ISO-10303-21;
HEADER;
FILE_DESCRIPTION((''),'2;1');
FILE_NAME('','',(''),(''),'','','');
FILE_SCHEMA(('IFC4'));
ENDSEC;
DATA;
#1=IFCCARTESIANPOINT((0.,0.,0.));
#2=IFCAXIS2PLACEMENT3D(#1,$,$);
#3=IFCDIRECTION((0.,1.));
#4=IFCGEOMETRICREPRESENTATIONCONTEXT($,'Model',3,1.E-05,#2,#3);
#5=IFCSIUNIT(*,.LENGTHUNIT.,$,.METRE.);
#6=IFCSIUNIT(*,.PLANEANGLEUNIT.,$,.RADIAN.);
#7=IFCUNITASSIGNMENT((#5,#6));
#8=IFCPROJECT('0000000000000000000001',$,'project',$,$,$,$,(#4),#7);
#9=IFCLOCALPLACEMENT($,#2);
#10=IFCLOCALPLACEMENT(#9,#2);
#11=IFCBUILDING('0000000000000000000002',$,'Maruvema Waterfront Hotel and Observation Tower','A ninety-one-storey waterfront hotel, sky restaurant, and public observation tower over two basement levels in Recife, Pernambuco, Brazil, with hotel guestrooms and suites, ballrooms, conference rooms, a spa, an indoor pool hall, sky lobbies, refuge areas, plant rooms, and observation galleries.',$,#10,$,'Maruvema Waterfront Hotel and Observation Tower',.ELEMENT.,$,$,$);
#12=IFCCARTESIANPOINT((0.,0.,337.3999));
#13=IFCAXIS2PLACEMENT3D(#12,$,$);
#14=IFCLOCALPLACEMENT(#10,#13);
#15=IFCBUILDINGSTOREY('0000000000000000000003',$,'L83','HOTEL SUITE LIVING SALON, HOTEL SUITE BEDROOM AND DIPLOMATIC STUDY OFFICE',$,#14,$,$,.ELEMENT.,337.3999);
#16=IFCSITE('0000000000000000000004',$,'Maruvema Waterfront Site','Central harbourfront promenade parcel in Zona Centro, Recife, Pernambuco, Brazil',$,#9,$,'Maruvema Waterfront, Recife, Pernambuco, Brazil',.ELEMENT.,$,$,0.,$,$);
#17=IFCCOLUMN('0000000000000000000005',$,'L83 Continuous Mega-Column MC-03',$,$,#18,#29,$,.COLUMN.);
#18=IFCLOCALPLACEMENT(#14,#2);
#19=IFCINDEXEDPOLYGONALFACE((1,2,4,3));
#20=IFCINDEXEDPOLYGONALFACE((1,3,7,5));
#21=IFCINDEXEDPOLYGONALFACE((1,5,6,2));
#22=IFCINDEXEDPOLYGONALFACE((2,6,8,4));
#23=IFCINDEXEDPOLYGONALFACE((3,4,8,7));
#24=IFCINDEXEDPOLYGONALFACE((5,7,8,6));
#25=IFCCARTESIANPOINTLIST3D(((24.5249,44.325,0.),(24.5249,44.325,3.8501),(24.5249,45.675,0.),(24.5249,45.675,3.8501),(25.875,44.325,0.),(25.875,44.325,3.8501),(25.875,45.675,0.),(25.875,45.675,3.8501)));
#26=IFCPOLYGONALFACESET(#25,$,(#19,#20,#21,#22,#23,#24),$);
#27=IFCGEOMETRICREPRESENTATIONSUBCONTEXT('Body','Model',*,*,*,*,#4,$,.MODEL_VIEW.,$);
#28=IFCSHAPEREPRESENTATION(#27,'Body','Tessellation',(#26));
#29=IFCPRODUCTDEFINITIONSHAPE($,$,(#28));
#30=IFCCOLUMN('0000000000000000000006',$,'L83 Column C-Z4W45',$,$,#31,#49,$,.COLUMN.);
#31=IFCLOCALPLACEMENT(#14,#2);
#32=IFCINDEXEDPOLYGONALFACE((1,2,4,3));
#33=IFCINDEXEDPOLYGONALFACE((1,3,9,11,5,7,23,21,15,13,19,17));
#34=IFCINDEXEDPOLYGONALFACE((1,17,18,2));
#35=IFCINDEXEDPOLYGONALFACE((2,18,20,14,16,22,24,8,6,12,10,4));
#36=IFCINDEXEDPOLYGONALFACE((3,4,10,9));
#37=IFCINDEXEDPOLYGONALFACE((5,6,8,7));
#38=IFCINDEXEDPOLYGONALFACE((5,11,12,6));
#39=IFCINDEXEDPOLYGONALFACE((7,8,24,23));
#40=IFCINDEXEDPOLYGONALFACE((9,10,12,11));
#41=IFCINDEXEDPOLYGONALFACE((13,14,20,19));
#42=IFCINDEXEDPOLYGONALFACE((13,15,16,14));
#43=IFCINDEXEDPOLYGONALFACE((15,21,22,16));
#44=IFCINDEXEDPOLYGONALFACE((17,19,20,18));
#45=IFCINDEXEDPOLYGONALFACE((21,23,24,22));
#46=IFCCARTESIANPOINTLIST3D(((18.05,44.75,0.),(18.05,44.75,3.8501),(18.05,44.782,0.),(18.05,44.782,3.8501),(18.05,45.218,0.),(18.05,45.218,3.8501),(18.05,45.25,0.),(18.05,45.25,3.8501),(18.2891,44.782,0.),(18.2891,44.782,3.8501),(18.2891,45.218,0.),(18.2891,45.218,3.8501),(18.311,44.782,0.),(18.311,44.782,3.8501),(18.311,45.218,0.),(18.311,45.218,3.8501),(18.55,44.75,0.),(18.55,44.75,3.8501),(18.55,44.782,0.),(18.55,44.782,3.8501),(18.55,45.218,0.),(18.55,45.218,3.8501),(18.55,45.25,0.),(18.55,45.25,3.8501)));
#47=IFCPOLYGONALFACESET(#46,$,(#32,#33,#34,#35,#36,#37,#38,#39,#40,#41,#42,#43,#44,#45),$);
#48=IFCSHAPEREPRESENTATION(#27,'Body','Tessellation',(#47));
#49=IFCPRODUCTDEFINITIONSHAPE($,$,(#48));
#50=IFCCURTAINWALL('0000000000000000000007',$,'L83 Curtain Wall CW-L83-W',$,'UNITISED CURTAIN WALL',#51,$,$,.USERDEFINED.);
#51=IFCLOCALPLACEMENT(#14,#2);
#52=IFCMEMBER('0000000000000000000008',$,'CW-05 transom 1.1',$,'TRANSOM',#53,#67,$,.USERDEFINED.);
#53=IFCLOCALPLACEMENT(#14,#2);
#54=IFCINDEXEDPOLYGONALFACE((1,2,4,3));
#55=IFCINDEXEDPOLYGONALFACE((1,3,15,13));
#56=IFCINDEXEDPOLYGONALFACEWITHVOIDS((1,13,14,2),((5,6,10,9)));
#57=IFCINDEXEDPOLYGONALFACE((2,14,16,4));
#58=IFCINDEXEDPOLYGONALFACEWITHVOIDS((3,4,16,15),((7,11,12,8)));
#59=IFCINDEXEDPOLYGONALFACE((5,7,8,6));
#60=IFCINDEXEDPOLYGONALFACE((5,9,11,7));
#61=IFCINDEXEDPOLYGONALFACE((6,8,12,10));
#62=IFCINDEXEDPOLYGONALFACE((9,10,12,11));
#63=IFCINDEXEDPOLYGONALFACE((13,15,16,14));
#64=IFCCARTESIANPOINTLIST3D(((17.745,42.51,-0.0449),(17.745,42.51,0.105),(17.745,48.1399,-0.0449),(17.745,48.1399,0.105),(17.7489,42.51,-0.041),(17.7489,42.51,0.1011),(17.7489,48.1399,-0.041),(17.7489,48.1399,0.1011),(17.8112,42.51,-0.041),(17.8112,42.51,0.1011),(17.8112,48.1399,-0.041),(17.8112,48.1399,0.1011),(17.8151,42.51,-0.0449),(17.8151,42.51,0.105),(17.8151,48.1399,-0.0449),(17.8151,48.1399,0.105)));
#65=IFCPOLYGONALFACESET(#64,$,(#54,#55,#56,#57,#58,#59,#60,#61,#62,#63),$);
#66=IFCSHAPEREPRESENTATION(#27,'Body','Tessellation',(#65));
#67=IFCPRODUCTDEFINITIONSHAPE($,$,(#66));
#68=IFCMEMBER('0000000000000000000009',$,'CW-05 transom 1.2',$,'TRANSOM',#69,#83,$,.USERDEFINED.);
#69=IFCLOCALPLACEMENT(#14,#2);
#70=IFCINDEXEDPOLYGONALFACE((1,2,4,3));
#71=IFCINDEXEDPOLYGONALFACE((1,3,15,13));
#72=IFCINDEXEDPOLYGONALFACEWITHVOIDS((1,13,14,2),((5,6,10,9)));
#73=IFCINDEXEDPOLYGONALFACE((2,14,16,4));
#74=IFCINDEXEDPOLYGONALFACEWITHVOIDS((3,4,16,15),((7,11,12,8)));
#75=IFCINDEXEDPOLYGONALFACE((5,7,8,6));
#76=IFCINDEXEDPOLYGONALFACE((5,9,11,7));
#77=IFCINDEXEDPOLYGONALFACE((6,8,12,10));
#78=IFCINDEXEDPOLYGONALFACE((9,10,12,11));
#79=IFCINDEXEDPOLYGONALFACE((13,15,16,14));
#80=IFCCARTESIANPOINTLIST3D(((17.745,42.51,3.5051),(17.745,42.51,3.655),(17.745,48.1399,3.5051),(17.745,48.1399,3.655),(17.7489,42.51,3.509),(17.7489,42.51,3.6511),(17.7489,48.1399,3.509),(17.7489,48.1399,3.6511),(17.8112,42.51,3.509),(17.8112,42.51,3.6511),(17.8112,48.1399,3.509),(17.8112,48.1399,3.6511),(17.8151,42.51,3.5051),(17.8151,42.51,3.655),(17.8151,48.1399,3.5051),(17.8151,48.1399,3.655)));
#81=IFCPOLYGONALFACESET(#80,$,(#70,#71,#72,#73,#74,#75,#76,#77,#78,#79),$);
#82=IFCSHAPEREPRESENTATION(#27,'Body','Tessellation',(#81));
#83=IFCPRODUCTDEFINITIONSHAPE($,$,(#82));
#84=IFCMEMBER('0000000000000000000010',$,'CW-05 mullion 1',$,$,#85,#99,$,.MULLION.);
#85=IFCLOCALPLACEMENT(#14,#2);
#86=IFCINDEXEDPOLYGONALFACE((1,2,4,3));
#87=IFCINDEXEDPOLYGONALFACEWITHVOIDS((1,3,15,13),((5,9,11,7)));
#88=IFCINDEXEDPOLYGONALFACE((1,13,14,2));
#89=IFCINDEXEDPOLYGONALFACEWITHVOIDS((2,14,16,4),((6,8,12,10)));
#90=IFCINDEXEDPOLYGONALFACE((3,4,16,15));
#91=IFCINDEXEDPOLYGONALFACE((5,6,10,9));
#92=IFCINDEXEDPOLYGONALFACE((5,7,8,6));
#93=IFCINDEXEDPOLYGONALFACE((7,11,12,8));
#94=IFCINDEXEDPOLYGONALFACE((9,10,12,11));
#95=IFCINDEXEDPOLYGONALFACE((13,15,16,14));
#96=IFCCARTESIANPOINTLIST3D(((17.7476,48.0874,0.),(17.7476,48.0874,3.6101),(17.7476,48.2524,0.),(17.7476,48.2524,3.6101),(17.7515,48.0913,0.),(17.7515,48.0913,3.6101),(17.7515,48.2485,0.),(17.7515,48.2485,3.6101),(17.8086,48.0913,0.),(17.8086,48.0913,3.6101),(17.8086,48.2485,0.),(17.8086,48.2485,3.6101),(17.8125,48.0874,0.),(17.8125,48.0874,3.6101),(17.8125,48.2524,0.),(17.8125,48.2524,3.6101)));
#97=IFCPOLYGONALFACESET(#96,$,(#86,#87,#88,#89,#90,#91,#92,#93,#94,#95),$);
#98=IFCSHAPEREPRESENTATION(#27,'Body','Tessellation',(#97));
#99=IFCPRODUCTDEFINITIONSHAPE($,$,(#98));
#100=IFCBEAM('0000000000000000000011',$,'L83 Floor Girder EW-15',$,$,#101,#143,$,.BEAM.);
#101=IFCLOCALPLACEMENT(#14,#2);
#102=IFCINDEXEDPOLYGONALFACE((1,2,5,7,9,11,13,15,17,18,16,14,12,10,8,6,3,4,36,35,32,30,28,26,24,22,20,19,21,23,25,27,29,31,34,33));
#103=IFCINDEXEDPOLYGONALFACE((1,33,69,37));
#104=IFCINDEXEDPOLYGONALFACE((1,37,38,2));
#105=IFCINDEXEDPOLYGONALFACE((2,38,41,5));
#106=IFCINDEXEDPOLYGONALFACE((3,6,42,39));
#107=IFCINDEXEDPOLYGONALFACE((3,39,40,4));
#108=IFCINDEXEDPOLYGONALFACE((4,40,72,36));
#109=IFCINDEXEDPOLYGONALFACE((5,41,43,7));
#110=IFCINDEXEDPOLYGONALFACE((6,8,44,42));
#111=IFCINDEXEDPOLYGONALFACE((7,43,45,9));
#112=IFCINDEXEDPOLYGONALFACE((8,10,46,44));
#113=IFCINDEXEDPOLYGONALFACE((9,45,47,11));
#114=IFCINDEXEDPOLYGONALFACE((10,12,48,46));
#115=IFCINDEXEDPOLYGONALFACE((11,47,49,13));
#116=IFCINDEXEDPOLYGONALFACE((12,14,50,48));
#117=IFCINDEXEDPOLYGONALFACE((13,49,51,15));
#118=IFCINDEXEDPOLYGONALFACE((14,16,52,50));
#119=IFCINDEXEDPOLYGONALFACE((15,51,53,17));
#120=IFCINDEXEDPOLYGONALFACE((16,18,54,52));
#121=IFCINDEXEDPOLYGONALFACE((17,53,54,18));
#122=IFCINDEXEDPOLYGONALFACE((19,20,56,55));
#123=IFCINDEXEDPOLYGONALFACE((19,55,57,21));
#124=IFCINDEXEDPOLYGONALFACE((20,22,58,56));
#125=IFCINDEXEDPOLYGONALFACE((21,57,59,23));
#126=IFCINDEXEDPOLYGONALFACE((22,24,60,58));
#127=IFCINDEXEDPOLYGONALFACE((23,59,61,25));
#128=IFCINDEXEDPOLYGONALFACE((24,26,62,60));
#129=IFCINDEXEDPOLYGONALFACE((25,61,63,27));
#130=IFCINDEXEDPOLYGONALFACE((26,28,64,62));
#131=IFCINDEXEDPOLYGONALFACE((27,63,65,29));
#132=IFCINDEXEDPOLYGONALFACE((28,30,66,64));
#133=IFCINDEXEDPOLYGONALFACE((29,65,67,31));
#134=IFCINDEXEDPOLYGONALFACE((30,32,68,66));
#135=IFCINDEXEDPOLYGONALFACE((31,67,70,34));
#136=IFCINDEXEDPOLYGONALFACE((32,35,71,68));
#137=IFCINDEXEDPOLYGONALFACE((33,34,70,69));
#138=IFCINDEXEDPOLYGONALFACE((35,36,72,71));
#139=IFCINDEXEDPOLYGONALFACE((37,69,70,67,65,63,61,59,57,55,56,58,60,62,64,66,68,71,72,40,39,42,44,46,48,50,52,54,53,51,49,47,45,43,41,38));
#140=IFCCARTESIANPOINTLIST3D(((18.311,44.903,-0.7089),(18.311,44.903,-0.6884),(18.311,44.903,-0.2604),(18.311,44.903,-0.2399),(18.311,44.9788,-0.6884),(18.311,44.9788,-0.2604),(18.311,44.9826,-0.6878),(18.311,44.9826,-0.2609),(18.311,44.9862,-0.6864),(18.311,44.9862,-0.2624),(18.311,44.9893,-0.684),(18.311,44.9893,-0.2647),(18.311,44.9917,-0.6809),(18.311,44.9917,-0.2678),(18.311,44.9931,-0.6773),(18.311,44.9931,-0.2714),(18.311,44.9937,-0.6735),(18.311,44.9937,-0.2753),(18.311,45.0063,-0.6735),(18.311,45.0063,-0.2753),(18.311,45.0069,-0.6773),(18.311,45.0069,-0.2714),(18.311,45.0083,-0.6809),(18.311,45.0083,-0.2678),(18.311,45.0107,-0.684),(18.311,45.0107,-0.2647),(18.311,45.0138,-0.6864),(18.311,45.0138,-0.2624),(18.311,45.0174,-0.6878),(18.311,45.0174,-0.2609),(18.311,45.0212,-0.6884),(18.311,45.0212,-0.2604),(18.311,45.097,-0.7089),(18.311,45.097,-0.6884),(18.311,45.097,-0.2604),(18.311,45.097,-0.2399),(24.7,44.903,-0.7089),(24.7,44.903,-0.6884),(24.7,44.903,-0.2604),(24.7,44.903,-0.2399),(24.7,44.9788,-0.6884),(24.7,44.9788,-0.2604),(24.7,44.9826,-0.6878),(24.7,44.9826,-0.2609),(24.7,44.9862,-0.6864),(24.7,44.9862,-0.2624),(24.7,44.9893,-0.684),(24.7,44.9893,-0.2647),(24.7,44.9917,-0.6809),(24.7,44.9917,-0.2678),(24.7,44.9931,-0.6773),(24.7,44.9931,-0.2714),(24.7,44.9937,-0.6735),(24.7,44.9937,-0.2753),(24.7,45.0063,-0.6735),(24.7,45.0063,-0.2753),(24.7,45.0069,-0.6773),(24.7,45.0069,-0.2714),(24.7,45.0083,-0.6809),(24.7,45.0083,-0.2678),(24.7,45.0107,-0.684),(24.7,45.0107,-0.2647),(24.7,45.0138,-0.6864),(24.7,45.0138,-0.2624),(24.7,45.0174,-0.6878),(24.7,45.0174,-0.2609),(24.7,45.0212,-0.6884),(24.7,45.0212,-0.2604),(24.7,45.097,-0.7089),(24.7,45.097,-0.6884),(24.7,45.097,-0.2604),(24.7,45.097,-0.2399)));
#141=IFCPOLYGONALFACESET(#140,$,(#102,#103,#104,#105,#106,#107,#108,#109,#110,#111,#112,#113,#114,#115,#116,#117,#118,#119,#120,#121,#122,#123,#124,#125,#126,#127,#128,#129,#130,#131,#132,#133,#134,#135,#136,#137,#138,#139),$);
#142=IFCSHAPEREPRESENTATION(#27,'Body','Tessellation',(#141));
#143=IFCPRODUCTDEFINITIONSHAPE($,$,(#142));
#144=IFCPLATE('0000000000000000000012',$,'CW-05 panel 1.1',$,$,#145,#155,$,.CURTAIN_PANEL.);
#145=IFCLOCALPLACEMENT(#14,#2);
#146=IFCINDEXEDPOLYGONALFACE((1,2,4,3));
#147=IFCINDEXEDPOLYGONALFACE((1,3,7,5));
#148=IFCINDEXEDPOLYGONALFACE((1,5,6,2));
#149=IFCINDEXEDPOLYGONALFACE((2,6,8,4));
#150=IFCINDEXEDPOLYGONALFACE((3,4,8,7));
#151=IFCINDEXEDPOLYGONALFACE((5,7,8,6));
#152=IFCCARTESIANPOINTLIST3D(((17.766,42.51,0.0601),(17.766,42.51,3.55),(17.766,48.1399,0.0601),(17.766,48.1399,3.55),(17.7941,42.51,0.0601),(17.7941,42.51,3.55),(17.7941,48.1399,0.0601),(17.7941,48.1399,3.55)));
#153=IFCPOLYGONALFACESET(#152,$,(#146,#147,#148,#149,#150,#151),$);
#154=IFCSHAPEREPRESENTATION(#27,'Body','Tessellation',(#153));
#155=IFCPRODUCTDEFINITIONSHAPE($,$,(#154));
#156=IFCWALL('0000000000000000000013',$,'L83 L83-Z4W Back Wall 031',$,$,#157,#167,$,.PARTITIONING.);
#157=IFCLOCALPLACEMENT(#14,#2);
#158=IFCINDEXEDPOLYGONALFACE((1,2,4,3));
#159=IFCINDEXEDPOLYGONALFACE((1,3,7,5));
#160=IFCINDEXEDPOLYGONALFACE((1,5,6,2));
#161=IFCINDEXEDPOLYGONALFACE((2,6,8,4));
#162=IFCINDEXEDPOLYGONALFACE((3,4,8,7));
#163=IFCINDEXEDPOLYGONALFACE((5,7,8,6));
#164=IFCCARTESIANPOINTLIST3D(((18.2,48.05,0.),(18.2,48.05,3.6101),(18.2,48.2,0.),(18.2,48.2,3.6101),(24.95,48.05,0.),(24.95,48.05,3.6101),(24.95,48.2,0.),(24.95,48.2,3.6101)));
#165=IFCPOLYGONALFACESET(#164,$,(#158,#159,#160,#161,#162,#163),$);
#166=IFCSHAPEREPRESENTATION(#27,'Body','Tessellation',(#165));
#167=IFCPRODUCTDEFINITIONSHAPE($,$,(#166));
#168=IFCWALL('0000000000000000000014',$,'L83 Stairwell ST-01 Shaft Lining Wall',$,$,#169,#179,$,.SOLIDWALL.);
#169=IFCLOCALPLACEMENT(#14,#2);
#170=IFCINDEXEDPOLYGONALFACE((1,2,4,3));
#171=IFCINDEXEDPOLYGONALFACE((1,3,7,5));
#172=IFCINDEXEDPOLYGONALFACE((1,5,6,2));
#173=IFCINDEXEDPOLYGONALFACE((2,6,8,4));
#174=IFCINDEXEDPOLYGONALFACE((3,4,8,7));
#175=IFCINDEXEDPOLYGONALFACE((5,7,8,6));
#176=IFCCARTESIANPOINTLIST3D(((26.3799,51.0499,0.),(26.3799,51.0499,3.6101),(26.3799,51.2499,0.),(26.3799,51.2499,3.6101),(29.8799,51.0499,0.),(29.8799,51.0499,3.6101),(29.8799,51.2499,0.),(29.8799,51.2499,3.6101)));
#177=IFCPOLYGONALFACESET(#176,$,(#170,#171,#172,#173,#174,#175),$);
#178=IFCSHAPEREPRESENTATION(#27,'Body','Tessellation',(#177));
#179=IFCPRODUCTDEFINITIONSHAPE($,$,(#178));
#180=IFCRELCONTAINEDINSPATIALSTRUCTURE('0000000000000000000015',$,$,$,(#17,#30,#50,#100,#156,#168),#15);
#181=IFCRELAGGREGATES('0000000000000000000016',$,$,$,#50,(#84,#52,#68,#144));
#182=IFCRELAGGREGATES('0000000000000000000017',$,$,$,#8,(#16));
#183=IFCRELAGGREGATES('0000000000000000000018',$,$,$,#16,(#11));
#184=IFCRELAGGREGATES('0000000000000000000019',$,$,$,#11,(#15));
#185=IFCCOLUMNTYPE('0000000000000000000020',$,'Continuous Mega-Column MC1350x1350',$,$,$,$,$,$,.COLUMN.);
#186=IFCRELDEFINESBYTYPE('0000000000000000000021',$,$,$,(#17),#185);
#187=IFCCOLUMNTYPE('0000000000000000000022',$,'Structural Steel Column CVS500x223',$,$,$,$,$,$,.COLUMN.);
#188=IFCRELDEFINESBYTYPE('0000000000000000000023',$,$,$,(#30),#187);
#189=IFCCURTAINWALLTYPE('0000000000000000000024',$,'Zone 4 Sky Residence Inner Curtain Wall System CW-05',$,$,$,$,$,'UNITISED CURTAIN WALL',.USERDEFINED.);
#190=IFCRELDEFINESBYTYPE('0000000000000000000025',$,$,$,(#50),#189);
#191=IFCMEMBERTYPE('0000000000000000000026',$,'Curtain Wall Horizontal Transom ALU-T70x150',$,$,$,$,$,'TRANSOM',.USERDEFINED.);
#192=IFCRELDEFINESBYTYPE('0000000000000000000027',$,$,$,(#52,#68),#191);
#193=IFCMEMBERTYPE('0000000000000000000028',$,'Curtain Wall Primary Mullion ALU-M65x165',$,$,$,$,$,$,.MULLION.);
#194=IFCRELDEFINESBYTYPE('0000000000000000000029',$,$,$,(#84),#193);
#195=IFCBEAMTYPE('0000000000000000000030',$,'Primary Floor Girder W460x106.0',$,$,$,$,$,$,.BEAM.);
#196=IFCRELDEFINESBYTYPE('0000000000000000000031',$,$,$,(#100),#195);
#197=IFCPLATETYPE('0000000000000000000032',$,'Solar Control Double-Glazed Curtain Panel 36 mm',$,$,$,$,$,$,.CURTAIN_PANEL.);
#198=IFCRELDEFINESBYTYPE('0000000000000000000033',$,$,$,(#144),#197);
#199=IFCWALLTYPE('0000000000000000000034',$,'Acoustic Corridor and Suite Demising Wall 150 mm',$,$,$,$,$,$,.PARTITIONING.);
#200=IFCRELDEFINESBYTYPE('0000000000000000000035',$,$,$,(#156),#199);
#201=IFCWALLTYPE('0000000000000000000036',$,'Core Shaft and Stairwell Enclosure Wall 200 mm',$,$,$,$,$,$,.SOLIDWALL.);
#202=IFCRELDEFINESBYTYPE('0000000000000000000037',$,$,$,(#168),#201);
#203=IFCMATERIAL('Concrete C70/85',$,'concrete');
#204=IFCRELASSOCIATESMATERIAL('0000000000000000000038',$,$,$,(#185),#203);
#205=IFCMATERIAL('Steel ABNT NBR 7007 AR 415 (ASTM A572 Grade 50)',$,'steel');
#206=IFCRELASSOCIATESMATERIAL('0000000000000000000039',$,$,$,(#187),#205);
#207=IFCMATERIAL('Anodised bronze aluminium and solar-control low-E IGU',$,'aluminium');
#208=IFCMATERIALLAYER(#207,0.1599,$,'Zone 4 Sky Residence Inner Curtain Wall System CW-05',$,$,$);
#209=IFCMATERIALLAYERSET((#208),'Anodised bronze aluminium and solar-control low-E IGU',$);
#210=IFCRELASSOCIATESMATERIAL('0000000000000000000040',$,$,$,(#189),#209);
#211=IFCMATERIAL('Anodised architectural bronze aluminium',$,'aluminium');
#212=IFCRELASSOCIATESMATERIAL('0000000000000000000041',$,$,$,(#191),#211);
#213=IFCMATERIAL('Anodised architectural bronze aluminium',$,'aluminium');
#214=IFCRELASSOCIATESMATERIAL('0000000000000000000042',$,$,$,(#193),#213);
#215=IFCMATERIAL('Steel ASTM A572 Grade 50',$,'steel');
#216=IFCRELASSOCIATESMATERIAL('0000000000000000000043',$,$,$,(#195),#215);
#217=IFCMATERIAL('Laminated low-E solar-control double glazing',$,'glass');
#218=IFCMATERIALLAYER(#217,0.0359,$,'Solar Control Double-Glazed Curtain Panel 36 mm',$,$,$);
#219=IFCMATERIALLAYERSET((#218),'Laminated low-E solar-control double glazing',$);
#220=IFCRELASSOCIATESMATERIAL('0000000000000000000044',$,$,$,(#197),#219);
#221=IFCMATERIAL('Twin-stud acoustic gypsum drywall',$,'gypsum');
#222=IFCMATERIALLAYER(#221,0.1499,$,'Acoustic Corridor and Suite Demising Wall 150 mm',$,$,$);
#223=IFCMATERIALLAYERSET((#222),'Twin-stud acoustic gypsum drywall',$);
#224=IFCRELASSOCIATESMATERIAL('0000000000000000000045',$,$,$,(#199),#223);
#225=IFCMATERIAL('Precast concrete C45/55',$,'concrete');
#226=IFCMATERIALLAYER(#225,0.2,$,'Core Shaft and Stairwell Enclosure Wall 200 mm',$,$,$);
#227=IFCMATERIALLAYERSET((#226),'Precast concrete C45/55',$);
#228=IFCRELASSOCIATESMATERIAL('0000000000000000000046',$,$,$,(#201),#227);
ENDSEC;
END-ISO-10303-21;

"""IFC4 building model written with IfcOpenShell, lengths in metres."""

from ifc_helpers import new_model, si_unit, direction, frame, frame_2d, origin, origin_2d, place, context, subcontext, project, spatial, rectangle, hollow_rectangle, i_section, extrude, material, layer, layer_set, material_profile, profile_set, type_object, element, aggregate, save


model = new_model("IFC4")

# Units and contexts
model_context = context("Model", 3, precision=1e-05, world=origin(), true_north=direction((0.0, 1.0)))
body_context = subcontext(model_context, "Body", "Model", "MODEL_VIEW")
ifc_project = project(units=[si_unit("LENGTHUNIT", "METRE"), si_unit("PLANEANGLEUNIT", "RADIAN")], contexts=[model_context])

# Site, building, storey
site_placement = place(None, origin())
site = spatial("IfcSite", under=ifc_project, at=site_placement, Name="Maruvema Waterfront Site", Description="Central harbourfront promenade parcel in Zona Centro, Recife, Pernambuco, Brazil", LongName="Maruvema Waterfront, Recife, Pernambuco, Brazil", CompositionType="ELEMENT", RefElevation=0.0)
building_placement = place(site_placement, origin())
building = spatial("IfcBuilding", under=site, at=building_placement, Name="Maruvema Waterfront Hotel and Observation Tower", Description="A ninety-one-storey waterfront hotel, sky restaurant, and public observation tower over two basement levels in Recife, Pernambuco, Brazil, with hotel guestrooms and suites, ballrooms, conference rooms, a spa, an indoor pool hall, sky lobbies, refuge areas, plant rooms, and observation galleries.", LongName="Maruvema Waterfront Hotel and Observation Tower", CompositionType="ELEMENT")
storey_placement = place(building_placement, frame((0.0, 0.0, 337.3999)))
storey = spatial("IfcBuildingStorey", under=building, at=storey_placement, Name="L83", Description="HOTEL SUITE LIVING SALON, HOTEL SUITE BEDROOM AND DIPLOMATIC STUDY OFFICE", CompositionType="ELEMENT", Elevation=337.3999)

# Columns
ifc_material_1 = material(Name="Concrete C70/85", Category="concrete")
ifc_material_profile_1 = material_profile(ifc_material_1, rectangle(XDim=1.3501, YDim=1.3501, at=origin_2d()), Name="MC1350x1350")
ifc_profile_set_1 = profile_set([ifc_material_profile_1], Name="Concrete C70/85")
column_type_1 = type_object("IfcColumnType", Name="Continuous Mega-Column MC1350x1350", PredefinedType="COLUMN", material=ifc_profile_set_1)
column_1_placement = place(storey_placement, frame((25.2, 45.0, 0.0), z_axis=(0.0, 0.0, 1.0), x_axis=(1.0, 0.0, 0.0)))
element("IfcColumn", 1, at=column_1_placement, inside=storey, type_object=column_type_1, Name="L83 Continuous Mega-Column MC-03", PredefinedType="COLUMN", context=body_context, shape_type="SweptSolid", body=[
    extrude(rectangle(XDim=1.3501, YDim=1.3501, at=origin_2d()), origin(), (0.0, 0.0, 1.0), 3.8501),
])
ifc_material_2 = material(Name="Steel ABNT NBR 7007 AR 415 (ASTM A572 Grade 50)", Category="steel")
ifc_material_profile_2 = material_profile(ifc_material_2, i_section(OverallWidth=0.5, OverallDepth=0.5, WebThickness=0.022, FlangeThickness=0.032, at=origin_2d()), Name="CVS500x223")
ifc_profile_set_2 = profile_set([ifc_material_profile_2], Name="Steel ABNT NBR 7007 AR 415 (ASTM A572 Grade 50)")
column_type_2 = type_object("IfcColumnType", Name="Structural Steel Column CVS500x223", PredefinedType="COLUMN", material=ifc_profile_set_2)
column_2_placement = place(storey_placement, frame((18.3, 45.0, 0.0), z_axis=(0.0, 0.0, 1.0), x_axis=(1.0, 0.0, 0.0)))
element("IfcColumn", 2, at=column_2_placement, inside=storey, type_object=column_type_2, Name="L83 Column C-Z4W45", PredefinedType="COLUMN", context=body_context, shape_type="SweptSolid", body=[
    extrude(i_section(OverallWidth=0.5, OverallDepth=0.5, WebThickness=0.022, FlangeThickness=0.032, at=origin_2d()), origin(), (0.0, 0.0, 1.0), 3.8501),
])

# Curtain wall, members
ifc_material_3 = material(Name="Anodised bronze aluminium and solar-control low-E IGU", Category="aluminium")
ifc_layer_1 = layer(ifc_material_3, 0.1599, Name="Zone 4 Sky Residence Inner Curtain Wall System CW-05")
ifc_layer_set_1 = layer_set([ifc_layer_1], Name="Anodised bronze aluminium and solar-control low-E IGU")
curtain_wall_type = type_object("IfcCurtainWallType", Name="Zone 4 Sky Residence Inner Curtain Wall System CW-05", ElementType="UNITISED CURTAIN WALL", PredefinedType="USERDEFINED", material=ifc_layer_set_1)
curtain_wall_placement = place(storey_placement, origin())
curtain_wall = element("IfcCurtainWall", 3, at=curtain_wall_placement, inside=storey, type_object=curtain_wall_type, Name="L83 Curtain Wall CW-L83-W", ObjectType="UNITISED CURTAIN WALL", PredefinedType="USERDEFINED")
ifc_material_4 = material(Name="Anodised architectural bronze aluminium", Category="aluminium")
ifc_material_profile_3 = material_profile(ifc_material_4, hollow_rectangle(XDim=0.0701, YDim=0.1499, WallThickness=0.0039, at=origin_2d()), Name="ALU-T70x150")
ifc_profile_set_3 = profile_set([ifc_material_profile_3], Name="Anodised architectural bronze aluminium")
member_type_1 = type_object("IfcMemberType", Name="Curtain Wall Horizontal Transom ALU-T70x150", ElementType="TRANSOM", PredefinedType="USERDEFINED", material=ifc_profile_set_3)
member_1_placement = place(storey_placement, frame((17.78, 48.1399, 0.03), z_axis=(0.0, -1.0, 0.0), x_axis=(1.0, 0.0, 0.0)))
member_1 = element("IfcMember", 4, at=member_1_placement, type_object=member_type_1, Name="CW-05 transom 1.1", ObjectType="TRANSOM", PredefinedType="USERDEFINED", context=body_context, shape_type="SweptSolid", body=[
    extrude(hollow_rectangle(XDim=0.0701, YDim=0.1499, WallThickness=0.0039, at=origin_2d()), origin(), (0.0, 0.0, 1.0), 5.6299),
])
member_2_placement = place(storey_placement, frame((17.78, 48.1399, 3.5801), z_axis=(0.0, -1.0, 0.0), x_axis=(1.0, 0.0, 0.0)))
member_2 = element("IfcMember", 5, at=member_2_placement, type_object=member_type_1, Name="CW-05 transom 1.2", ObjectType="TRANSOM", PredefinedType="USERDEFINED", context=body_context, shape_type="SweptSolid", body=[
    extrude(hollow_rectangle(XDim=0.0701, YDim=0.1499, WallThickness=0.0039, at=origin_2d()), origin(), (0.0, 0.0, 1.0), 5.6299),
])
ifc_material_5 = material(Name="Anodised architectural bronze aluminium", Category="aluminium")
ifc_material_profile_4 = material_profile(ifc_material_5, hollow_rectangle(XDim=0.0649, YDim=0.165, WallThickness=0.0039, at=origin_2d()), Name="ALU-M65x165")
ifc_profile_set_4 = profile_set([ifc_material_profile_4], Name="Anodised architectural bronze aluminium")
member_type_2 = type_object("IfcMemberType", Name="Curtain Wall Primary Mullion ALU-M65x165", PredefinedType="MULLION", material=ifc_profile_set_4)
member_3_placement = place(storey_placement, frame((17.78, 48.1699, 0.0), z_axis=(0.0, 0.0, 1.0), x_axis=(1.0, 0.0, 0.0)))
member_3 = element("IfcMember", 6, at=member_3_placement, type_object=member_type_2, Name="CW-05 mullion 1", PredefinedType="MULLION", context=body_context, shape_type="SweptSolid", body=[
    extrude(hollow_rectangle(XDim=0.0649, YDim=0.165, WallThickness=0.0039, at=origin_2d()), origin(), (0.0, 0.0, 1.0), 3.6101),
])

# Beam
ifc_material_6 = material(Name="Steel ASTM A572 Grade 50", Category="steel")
ifc_material_profile_5 = material_profile(ifc_material_6, i_section(OverallWidth=0.1941, OverallDepth=0.469, WebThickness=0.0127, FlangeThickness=0.0205, FilletRadius=0.0149, at=origin_2d()), Name="W460x106.0")
ifc_profile_set_5 = profile_set([ifc_material_profile_5], Name="Steel ASTM A572 Grade 50")
beam_type = type_object("IfcBeamType", Name="Primary Floor Girder W460x106.0", PredefinedType="BEAM", material=ifc_profile_set_5)
beam_placement = place(storey_placement, frame((18.311, 45.0, -0.4744), z_axis=(1.0, 0.0, 0.0), x_axis=(0.0, 1.0, 0.0)))
element("IfcBeam", 7, at=beam_placement, inside=storey, type_object=beam_type, Name="L83 Floor Girder EW-15", PredefinedType="BEAM", context=body_context, shape_type="SweptSolid", body=[
    extrude(i_section(OverallWidth=0.1941, OverallDepth=0.469, WebThickness=0.0127, FlangeThickness=0.0205, FilletRadius=0.0149, at=origin_2d()), origin(), (0.0, 0.0, 1.0), 6.3889),
])

# Plate
ifc_material_7 = material(Name="Laminated low-E solar-control double glazing", Category="glass")
ifc_layer_2 = layer(ifc_material_7, 0.0359, Name="Solar Control Double-Glazed Curtain Panel 36 mm")
ifc_layer_set_2 = layer_set([ifc_layer_2], Name="Laminated low-E solar-control double glazing")
plate_type = type_object("IfcPlateType", Name="Solar Control Double-Glazed Curtain Panel 36 mm", PredefinedType="CURTAIN_PANEL", material=ifc_layer_set_2)
plate_placement = place(storey_placement, frame((17.78, 45.325, 0.0601), z_axis=(0.0, 0.0, 1.0), x_axis=(0.0, -1.0, 0.0)))
plate = element("IfcPlate", 8, at=plate_placement, type_object=plate_type, Name="CW-05 panel 1.1", PredefinedType="CURTAIN_PANEL", context=body_context, shape_type="SweptSolid", body=[
    extrude(rectangle(XDim=5.6299, YDim=0.0281, at=origin_2d()), origin(), (0.0, 0.0, 1.0), 3.49),
])
aggregate(curtain_wall, [member_3, member_1, member_2, plate])

# Walls
ifc_material_8 = material(Name="Twin-stud acoustic gypsum drywall", Category="gypsum")
ifc_layer_3 = layer(ifc_material_8, 0.1499, Name="Acoustic Corridor and Suite Demising Wall 150 mm")
ifc_layer_set_3 = layer_set([ifc_layer_3], Name="Twin-stud acoustic gypsum drywall")
wall_type_1 = type_object("IfcWallType", Name="Acoustic Corridor and Suite Demising Wall 150 mm", PredefinedType="PARTITIONING", material=ifc_layer_set_3)
wall_1_placement = place(storey_placement, frame((18.2, 48.125, 0.0), z_axis=(0.0, 0.0, 1.0), x_axis=(1.0, 0.0, 0.0)))
element("IfcWall", 9, at=wall_1_placement, inside=storey, type_object=wall_type_1, Name="L83 L83-Z4W Back Wall 031", PredefinedType="PARTITIONING", context=body_context, shape_type="SweptSolid", body=[
    extrude(rectangle(XDim=6.75, YDim=0.1499, at=frame_2d((3.375, 0.0))), origin(), (0.0, 0.0, 1.0), 3.6101),
])
ifc_material_9 = material(Name="Precast concrete C45/55", Category="concrete")
ifc_layer_4 = layer(ifc_material_9, 0.2, Name="Core Shaft and Stairwell Enclosure Wall 200 mm")
ifc_layer_set_4 = layer_set([ifc_layer_4], Name="Precast concrete C45/55")
wall_type_2 = type_object("IfcWallType", Name="Core Shaft and Stairwell Enclosure Wall 200 mm", PredefinedType="SOLIDWALL", material=ifc_layer_set_4)
wall_2_placement = place(storey_placement, frame((26.3799, 51.1499, 0.0), z_axis=(0.0, 0.0, 1.0), x_axis=(1.0, 0.0, 0.0)))
element("IfcWall", 10, at=wall_2_placement, inside=storey, type_object=wall_type_2, Name="L83 Stairwell ST-01 Shaft Lining Wall", PredefinedType="SOLIDWALL", context=body_context, shape_type="SweptSolid", body=[
    extrude(rectangle(XDim=3.5, YDim=0.2, at=frame_2d((1.75, 0.0))), origin(), (0.0, 0.0, 1.0), 3.6101),
])

save(model, "model.ifc")
